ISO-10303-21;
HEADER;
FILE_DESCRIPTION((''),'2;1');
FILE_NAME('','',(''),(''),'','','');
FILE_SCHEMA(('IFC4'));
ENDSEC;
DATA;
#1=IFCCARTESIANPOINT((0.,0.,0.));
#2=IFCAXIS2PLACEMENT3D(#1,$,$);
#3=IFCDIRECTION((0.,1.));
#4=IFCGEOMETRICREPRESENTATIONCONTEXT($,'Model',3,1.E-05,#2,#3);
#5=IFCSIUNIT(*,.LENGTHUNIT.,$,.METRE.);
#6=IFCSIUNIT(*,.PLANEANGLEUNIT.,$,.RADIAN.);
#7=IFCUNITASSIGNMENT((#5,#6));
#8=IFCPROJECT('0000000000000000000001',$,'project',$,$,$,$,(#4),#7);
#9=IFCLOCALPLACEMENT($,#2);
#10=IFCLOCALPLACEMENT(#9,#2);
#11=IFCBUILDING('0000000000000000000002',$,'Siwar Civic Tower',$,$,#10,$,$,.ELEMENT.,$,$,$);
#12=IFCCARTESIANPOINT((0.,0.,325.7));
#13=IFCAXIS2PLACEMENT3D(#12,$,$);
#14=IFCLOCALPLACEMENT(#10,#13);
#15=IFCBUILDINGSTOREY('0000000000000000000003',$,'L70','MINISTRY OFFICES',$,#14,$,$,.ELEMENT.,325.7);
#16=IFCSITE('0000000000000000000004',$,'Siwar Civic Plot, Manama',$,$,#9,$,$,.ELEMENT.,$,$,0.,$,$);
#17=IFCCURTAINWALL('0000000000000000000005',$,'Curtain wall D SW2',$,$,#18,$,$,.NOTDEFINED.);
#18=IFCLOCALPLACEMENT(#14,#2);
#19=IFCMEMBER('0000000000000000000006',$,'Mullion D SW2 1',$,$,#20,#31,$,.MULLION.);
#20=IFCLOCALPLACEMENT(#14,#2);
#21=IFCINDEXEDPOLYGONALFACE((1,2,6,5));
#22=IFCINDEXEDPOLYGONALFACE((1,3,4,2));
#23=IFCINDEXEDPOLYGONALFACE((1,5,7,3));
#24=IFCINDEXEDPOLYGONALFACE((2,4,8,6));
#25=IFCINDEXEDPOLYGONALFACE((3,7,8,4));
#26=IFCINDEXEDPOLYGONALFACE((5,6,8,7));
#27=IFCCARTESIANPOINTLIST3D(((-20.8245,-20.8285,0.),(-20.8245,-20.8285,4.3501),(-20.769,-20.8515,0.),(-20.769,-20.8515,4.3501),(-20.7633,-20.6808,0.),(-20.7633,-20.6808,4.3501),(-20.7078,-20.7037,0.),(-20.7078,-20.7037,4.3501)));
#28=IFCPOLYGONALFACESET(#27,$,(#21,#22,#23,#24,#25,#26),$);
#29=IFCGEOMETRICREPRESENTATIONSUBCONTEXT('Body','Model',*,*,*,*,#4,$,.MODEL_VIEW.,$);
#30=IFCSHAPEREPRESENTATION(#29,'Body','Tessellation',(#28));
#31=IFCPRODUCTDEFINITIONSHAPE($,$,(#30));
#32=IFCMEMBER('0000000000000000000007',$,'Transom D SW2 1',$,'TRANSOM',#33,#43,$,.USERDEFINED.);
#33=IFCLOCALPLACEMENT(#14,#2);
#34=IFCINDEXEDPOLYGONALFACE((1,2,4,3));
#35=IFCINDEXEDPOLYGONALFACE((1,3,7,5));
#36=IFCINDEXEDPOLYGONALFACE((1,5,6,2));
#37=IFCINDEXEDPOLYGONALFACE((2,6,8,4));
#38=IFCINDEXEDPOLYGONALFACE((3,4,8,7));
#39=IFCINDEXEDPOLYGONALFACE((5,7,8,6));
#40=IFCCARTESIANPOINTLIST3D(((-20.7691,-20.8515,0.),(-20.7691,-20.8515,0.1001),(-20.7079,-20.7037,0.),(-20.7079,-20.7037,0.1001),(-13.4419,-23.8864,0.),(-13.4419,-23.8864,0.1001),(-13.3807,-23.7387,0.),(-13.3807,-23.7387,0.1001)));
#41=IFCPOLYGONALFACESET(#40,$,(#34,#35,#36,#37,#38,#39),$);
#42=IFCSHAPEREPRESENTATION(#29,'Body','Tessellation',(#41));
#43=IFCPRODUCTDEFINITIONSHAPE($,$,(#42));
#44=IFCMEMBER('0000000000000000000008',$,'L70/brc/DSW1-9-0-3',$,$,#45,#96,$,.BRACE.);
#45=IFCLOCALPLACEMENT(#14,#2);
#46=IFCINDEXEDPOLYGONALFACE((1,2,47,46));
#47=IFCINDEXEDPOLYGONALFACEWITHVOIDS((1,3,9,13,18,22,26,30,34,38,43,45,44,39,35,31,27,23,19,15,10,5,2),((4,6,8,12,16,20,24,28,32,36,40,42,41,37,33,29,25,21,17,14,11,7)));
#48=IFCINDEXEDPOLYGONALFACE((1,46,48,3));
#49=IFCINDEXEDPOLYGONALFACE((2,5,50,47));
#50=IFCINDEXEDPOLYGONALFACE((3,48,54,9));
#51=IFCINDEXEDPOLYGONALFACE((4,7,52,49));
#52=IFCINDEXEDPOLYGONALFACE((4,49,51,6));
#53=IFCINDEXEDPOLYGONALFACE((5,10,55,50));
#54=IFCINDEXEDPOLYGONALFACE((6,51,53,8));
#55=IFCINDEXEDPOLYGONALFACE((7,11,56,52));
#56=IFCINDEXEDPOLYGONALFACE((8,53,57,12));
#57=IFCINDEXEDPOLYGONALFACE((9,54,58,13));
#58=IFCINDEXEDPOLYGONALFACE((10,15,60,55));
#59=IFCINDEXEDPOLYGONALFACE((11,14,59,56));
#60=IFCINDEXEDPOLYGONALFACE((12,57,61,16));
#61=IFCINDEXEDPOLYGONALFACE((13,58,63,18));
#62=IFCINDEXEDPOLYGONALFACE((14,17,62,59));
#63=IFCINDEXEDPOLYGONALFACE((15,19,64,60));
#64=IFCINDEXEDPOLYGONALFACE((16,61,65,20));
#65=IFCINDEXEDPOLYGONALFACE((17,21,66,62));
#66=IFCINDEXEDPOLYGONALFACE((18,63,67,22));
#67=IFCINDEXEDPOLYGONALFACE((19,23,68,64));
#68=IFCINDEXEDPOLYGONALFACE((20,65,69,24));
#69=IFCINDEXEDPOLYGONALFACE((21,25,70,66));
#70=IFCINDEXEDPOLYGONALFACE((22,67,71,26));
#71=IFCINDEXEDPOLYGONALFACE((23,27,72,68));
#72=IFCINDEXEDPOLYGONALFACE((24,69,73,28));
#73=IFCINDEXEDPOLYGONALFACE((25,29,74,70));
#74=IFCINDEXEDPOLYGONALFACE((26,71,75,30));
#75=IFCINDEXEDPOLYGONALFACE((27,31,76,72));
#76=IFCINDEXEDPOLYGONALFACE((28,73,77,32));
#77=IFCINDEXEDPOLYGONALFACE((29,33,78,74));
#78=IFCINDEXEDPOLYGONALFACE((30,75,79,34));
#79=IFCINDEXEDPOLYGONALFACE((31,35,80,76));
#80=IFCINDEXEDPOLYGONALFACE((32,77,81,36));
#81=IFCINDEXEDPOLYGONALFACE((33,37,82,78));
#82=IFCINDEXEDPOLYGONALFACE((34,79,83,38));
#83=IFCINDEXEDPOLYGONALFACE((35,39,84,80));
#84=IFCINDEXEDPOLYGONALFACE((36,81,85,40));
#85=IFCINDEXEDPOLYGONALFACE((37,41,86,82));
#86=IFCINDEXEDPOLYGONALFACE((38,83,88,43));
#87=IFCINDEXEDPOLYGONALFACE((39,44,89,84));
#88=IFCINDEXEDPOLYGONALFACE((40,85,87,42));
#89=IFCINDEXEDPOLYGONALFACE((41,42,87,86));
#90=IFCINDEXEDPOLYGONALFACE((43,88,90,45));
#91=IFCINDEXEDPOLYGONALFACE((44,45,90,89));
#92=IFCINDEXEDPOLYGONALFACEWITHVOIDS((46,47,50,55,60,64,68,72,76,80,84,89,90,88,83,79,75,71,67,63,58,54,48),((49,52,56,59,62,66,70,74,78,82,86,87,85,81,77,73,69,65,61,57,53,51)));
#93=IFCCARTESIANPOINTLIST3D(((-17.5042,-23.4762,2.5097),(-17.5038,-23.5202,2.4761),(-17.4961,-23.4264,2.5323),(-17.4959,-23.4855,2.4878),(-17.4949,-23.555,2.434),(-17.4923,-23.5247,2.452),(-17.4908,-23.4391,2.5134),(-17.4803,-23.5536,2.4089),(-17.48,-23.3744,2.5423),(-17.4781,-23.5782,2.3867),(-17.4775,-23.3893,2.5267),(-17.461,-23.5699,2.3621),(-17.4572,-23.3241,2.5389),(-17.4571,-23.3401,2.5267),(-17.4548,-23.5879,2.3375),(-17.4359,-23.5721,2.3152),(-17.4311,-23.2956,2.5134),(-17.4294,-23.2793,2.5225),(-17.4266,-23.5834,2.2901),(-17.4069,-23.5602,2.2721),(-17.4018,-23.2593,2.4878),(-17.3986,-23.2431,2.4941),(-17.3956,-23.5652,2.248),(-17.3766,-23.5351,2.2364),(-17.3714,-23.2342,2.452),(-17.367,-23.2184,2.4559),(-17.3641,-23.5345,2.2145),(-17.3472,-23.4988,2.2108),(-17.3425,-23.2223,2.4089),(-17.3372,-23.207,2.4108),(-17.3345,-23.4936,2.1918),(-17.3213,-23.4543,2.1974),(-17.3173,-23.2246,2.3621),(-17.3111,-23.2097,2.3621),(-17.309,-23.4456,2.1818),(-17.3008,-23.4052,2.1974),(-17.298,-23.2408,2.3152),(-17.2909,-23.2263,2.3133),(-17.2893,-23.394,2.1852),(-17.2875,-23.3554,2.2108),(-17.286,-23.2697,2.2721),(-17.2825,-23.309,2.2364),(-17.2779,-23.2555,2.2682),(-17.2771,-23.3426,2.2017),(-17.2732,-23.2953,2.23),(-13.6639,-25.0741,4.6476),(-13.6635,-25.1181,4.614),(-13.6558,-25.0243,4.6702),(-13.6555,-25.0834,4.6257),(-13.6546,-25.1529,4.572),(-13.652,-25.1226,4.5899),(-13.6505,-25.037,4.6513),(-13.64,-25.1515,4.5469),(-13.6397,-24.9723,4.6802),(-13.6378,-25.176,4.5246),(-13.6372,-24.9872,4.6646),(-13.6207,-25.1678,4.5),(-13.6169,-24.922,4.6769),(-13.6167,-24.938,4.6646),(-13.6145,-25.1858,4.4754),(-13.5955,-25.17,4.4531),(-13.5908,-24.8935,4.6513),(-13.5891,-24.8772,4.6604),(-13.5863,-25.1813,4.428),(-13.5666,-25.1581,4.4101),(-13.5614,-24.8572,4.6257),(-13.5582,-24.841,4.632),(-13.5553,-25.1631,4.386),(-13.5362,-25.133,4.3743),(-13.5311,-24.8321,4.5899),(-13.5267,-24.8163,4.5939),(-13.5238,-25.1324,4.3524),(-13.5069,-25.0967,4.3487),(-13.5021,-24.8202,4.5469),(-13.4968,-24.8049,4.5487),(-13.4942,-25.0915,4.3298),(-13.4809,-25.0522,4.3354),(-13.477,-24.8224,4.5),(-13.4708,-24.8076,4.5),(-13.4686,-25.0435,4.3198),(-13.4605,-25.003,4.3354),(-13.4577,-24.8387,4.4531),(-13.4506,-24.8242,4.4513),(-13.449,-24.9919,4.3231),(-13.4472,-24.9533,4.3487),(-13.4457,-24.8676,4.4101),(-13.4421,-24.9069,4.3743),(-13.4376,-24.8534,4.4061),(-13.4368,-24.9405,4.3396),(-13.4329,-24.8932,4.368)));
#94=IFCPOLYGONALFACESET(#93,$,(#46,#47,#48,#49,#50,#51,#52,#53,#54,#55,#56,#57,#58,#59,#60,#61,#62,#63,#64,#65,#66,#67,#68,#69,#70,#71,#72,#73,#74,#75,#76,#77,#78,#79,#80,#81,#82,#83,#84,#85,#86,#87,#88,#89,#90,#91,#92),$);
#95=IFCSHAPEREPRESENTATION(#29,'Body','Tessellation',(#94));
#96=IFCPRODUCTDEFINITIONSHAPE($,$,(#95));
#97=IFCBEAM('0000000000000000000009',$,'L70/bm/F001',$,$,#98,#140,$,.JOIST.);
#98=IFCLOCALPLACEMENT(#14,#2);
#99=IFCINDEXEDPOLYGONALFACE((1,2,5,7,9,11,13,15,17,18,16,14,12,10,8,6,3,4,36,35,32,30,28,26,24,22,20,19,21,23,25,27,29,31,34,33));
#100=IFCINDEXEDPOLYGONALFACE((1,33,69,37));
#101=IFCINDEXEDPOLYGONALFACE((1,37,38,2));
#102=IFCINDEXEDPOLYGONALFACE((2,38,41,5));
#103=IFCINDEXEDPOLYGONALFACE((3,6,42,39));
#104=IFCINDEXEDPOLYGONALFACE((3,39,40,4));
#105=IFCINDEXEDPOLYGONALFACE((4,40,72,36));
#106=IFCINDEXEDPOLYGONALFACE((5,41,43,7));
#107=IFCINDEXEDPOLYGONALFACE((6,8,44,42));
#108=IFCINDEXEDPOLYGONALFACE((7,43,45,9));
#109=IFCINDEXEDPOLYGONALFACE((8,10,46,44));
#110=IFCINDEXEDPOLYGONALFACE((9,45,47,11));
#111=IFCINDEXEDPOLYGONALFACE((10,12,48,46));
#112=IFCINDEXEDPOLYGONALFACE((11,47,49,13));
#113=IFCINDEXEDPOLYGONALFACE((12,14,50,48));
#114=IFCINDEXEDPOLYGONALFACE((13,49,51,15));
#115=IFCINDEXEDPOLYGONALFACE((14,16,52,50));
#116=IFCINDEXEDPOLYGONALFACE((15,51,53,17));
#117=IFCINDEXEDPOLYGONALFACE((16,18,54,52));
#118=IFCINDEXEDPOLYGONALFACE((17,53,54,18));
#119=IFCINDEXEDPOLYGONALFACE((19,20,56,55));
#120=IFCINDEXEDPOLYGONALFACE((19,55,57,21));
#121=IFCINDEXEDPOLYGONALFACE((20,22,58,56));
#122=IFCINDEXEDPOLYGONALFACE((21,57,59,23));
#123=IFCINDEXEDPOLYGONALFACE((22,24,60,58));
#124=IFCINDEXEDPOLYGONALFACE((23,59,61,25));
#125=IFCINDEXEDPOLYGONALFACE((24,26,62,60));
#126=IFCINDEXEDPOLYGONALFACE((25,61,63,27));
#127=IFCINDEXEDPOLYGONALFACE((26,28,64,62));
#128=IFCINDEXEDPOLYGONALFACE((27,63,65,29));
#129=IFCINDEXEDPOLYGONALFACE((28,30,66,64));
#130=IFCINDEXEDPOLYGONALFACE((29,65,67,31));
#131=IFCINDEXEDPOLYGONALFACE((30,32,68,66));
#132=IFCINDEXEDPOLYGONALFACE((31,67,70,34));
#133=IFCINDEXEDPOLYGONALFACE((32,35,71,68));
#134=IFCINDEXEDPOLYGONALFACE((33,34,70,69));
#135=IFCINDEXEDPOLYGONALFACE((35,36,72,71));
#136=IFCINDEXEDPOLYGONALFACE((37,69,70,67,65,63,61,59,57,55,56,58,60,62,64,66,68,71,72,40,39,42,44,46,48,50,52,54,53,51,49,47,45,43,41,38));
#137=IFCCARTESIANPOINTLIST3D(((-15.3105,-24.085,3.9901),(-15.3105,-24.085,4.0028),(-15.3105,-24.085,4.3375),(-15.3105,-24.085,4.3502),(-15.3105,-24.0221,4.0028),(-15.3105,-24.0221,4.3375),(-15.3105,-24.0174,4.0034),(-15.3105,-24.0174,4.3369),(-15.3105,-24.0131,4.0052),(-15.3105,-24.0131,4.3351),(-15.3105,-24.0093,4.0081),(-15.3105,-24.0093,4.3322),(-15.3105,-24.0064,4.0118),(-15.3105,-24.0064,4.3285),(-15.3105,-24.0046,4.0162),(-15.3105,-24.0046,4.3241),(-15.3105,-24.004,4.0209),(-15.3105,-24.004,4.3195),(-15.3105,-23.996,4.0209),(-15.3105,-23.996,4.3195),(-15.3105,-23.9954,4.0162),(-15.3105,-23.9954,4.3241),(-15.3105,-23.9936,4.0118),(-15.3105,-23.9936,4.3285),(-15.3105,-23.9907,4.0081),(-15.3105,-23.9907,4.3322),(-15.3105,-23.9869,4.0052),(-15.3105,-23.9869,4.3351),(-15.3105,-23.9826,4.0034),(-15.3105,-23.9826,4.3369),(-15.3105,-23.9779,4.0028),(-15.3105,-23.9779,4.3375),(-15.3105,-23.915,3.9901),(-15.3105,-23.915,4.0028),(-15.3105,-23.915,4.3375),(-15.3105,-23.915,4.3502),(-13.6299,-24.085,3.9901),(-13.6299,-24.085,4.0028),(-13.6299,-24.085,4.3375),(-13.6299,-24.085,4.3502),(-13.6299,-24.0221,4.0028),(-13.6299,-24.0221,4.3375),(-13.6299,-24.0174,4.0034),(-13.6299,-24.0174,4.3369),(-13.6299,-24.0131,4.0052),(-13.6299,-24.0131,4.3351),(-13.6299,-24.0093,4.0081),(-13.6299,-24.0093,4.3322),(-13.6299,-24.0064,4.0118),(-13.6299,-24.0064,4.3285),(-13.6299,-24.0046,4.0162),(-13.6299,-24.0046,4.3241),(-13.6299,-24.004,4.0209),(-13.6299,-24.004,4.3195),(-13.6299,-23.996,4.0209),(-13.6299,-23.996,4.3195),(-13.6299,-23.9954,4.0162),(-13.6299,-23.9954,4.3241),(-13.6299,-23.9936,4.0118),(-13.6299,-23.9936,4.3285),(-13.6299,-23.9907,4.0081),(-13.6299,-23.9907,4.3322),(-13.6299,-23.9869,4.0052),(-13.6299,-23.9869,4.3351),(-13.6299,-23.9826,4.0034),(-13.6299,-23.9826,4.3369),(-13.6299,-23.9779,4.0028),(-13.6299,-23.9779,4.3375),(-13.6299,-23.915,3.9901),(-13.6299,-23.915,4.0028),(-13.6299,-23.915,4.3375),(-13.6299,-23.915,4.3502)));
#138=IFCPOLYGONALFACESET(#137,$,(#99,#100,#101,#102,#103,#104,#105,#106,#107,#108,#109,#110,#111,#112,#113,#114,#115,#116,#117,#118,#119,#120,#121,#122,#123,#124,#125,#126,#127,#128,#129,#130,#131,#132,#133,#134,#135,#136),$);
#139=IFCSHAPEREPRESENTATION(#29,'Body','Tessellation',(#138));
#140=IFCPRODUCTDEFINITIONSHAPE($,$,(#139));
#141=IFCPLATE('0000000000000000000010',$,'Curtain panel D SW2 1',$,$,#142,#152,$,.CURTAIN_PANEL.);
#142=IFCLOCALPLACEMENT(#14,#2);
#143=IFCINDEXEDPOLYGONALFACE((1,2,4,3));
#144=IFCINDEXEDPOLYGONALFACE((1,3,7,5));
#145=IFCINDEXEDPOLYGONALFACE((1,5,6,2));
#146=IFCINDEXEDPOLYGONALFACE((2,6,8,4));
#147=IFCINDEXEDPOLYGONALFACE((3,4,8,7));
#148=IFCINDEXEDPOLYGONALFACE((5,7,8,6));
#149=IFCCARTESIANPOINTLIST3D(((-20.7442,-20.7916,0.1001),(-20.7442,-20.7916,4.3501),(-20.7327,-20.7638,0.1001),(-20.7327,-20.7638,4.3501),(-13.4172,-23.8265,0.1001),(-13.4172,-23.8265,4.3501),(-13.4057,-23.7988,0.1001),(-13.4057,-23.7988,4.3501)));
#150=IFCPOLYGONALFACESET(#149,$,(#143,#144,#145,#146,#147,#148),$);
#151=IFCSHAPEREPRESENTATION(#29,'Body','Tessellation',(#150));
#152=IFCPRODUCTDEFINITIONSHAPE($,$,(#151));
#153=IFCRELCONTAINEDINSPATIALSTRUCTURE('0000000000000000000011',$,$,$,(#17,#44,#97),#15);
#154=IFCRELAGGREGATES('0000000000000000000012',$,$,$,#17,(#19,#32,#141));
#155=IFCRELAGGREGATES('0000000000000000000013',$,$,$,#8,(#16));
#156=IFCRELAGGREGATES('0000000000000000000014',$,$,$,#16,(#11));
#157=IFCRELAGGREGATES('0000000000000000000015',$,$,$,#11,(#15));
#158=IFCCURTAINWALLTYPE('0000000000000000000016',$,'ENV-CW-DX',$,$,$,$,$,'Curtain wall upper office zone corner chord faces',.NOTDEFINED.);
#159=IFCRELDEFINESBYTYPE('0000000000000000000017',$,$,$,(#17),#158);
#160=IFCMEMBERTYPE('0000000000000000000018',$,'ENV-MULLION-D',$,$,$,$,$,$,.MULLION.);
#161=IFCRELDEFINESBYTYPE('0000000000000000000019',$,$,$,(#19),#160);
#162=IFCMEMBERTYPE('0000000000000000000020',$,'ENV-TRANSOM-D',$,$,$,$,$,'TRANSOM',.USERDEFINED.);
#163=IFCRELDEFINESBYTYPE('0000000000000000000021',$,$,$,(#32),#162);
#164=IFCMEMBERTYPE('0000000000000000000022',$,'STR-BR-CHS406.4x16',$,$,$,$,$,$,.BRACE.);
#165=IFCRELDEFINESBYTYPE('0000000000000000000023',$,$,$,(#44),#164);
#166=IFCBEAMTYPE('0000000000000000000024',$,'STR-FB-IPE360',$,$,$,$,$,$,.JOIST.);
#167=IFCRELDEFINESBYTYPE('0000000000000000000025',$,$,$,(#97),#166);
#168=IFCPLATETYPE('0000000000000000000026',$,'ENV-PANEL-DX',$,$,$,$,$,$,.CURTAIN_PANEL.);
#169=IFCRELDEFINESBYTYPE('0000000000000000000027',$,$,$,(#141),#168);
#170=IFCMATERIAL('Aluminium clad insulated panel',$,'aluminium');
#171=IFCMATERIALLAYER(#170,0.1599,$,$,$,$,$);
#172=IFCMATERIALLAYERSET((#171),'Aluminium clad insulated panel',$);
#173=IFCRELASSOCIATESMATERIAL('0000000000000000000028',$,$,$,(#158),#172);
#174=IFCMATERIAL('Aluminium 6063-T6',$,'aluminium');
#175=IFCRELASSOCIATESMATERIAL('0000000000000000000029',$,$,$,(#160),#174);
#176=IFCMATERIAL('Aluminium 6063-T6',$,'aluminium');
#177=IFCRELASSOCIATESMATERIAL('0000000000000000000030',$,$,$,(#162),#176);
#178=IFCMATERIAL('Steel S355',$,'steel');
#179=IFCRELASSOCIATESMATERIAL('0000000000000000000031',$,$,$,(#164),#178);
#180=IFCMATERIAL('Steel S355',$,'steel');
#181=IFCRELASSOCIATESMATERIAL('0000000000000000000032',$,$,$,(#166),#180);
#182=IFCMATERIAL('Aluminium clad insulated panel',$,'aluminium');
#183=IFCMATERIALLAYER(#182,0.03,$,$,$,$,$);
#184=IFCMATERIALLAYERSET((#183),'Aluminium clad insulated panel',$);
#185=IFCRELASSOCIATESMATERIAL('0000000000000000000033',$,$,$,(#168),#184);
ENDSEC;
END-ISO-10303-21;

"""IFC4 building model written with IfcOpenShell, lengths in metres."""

from ifc_helpers import new_model, si_unit, direction, frame, origin, origin_2d, place, context, subcontext, project, spatial, rectangle, hollow_circle, i_section, extrude, material, layer, layer_set, material_profile, profile_set, type_object, element, aggregate, save


model = new_model("IFC4")

# Units and contexts
model_context = context("Model", 3, precision=1e-05, world=origin(), true_north=direction((0.0, 1.0)))
body_context = subcontext(model_context, "Body", "Model", "MODEL_VIEW")
ifc_project = project(units=[si_unit("LENGTHUNIT", "METRE"), si_unit("PLANEANGLEUNIT", "RADIAN")], contexts=[model_context])

# Site, building, storey
site_placement = place(None, origin())
site = spatial("IfcSite", under=ifc_project, at=site_placement, Name="Siwar Civic Plot, Manama", CompositionType="ELEMENT", RefElevation=0.0)
building_placement = place(site_placement, origin())
building = spatial("IfcBuilding", under=site, at=building_placement, Name="Siwar Civic Tower", CompositionType="ELEMENT")
storey_placement = place(building_placement, frame((0.0, 0.0, 325.7)))
storey = spatial("IfcBuildingStorey", under=building, at=storey_placement, Name="L70", Description="MINISTRY OFFICES", CompositionType="ELEMENT", Elevation=325.7)

# Curtain wall, members
ifc_material_1 = material(Name="Aluminium clad insulated panel", Category="aluminium")
ifc_layer_1 = layer(ifc_material_1, 0.1599)
ifc_layer_set_1 = layer_set([ifc_layer_1], Name="Aluminium clad insulated panel")
curtain_wall_type = type_object("IfcCurtainWallType", Name="ENV-CW-DX", ElementType="Curtain wall upper office zone corner chord faces", PredefinedType="NOTDEFINED", material=ifc_layer_set_1)
curtain_wall_placement = place(storey_placement, origin())
curtain_wall = element("IfcCurtainWall", 1, at=curtain_wall_placement, inside=storey, type_object=curtain_wall_type, Name="Curtain wall D SW2", PredefinedType="NOTDEFINED")
ifc_material_2 = material(Name="Aluminium 6063-T6", Category="aluminium")
ifc_material_profile_1 = material_profile(ifc_material_2, rectangle(XDim=0.1599, YDim=0.0601, at=origin_2d()), Name="AL 160x60")
ifc_profile_set_1 = profile_set([ifc_material_profile_1], Name="Aluminium 6063-T6")
member_type_1 = type_object("IfcMemberType", Name="ENV-MULLION-D", PredefinedType="MULLION", material=ifc_profile_set_1)
member_1_placement = place(storey_placement, frame((-20.7661, -20.7661, 0.0), z_axis=(0.0, 0.0, 1.0), x_axis=(0.382683, 0.92388, 0.0)))
member_1 = element("IfcMember", 2, at=member_1_placement, type_object=member_type_1, Name="Mullion D SW2 1", PredefinedType="MULLION", context=body_context, shape_type="SweptSolid", body=[
    extrude(rectangle(XDim=0.1599, YDim=0.0601, at=origin_2d()), origin(), (0.0, 0.0, 1.0), 4.3501),
])
ifc_material_3 = material(Name="Aluminium 6063-T6", Category="aluminium")
ifc_material_profile_2 = material_profile(ifc_material_3, rectangle(XDim=0.1599, YDim=0.1001, at=origin_2d()), Name="AL 160x100")
ifc_profile_set_2 = profile_set([ifc_material_profile_2], Name="Aluminium 6063-T6")
member_type_2 = type_object("IfcMemberType", Name="ENV-TRANSOM-D", ElementType="TRANSOM", PredefinedType="USERDEFINED", material=ifc_profile_set_2)
member_2_placement = place(storey_placement, frame((-20.7385, -20.7776, 0.05), z_axis=(0.923884, -0.382674, 0.0), x_axis=(0.382674, 0.923884, 0.0)))
member_2 = element("IfcMember", 3, at=member_2_placement, type_object=member_type_2, Name="Transom D SW2 1", ObjectType="TRANSOM", PredefinedType="USERDEFINED", context=body_context, shape_type="SweptSolid", body=[
    extrude(rectangle(XDim=0.1599, YDim=0.1001, at=origin_2d()), origin(), (0.0, 0.0, 1.0), 7.9309),
])

# Member
ifc_material_4 = material(Name="Steel S355", Category="steel")
ifc_material_profile_3 = material_profile(ifc_material_4, hollow_circle(Radius=0.2031, WallThickness=0.0161, at=origin_2d()), Name="CHS406.4x16")
ifc_profile_set_3 = profile_set([ifc_material_profile_3], Name="Steel S355")
member_type_3 = type_object("IfcMemberType", Name="STR-BR-CHS406.4x16", PredefinedType="BRACE", material=ifc_profile_set_3)
member_3_placement = place(storey_placement, frame((-17.3892, -23.3972, 2.3621), z_axis=(0.82115, -0.341667, 0.45714), x_axis=(0.384157, 0.923268, 0.0)))
element("IfcMember", 4, at=member_3_placement, inside=storey, type_object=member_type_3, Name="L70/brc/DSW1-9-0-3", PredefinedType="BRACE", context=body_context, shape_type="SweptSolid", body=[
    extrude(hollow_circle(Radius=0.2031, WallThickness=0.0161, at=origin_2d()), origin(), (0.0, 0.0, 1.0), 4.6768),
])

# Beam
ifc_material_5 = material(Name="Steel S355", Category="steel")
ifc_material_profile_4 = material_profile(ifc_material_5, i_section(OverallWidth=0.1699, OverallDepth=0.3601, WebThickness=0.0081, FlangeThickness=0.0127, FilletRadius=0.0181, at=origin_2d()), Name="IPE360")
ifc_profile_set_4 = profile_set([ifc_material_profile_4], Name="Steel S355")
beam_type = type_object("IfcBeamType", Name="STR-FB-IPE360", PredefinedType="JOIST", material=ifc_profile_set_4)
beam_placement = place(storey_placement, frame((-15.3105, -24.0, 4.1702), z_axis=(1.0, 0.0, 0.0), x_axis=(0.0, 1.0, 0.0)))
element("IfcBeam", 5, at=beam_placement, inside=storey, type_object=beam_type, Name="L70/bm/F001", PredefinedType="JOIST", context=body_context, shape_type="SweptSolid", body=[
    extrude(i_section(OverallWidth=0.1699, OverallDepth=0.3601, WebThickness=0.0081, FlangeThickness=0.0127, FilletRadius=0.0181, at=origin_2d()), origin(), (0.0, 0.0, 1.0), 1.6807),
])

# Plate
ifc_material_6 = material(Name="Aluminium clad insulated panel", Category="aluminium")
ifc_layer_2 = layer(ifc_material_6, 0.03)
ifc_layer_set_2 = layer_set([ifc_layer_2], Name="Aluminium clad insulated panel")
plate_type = type_object("IfcPlateType", Name="ENV-PANEL-DX", PredefinedType="CURTAIN_PANEL", material=ifc_layer_set_2)
plate_placement = place(storey_placement, frame((-17.075, -22.2952, 0.1001), z_axis=(0.0, 0.0, 1.0), x_axis=(0.92388, -0.382683, 0.0)))
plate = element("IfcPlate", 6, at=plate_placement, type_object=plate_type, Name="Curtain panel D SW2 1", PredefinedType="CURTAIN_PANEL", context=body_context, shape_type="SweptSolid", body=[
    extrude(rectangle(XDim=7.9307, YDim=0.03, at=origin_2d()), origin(), (0.0, 0.0, 1.0), 4.25),
])
aggregate(curtain_wall, [member_1, member_2, plate])

save(model, "model.ifc")
